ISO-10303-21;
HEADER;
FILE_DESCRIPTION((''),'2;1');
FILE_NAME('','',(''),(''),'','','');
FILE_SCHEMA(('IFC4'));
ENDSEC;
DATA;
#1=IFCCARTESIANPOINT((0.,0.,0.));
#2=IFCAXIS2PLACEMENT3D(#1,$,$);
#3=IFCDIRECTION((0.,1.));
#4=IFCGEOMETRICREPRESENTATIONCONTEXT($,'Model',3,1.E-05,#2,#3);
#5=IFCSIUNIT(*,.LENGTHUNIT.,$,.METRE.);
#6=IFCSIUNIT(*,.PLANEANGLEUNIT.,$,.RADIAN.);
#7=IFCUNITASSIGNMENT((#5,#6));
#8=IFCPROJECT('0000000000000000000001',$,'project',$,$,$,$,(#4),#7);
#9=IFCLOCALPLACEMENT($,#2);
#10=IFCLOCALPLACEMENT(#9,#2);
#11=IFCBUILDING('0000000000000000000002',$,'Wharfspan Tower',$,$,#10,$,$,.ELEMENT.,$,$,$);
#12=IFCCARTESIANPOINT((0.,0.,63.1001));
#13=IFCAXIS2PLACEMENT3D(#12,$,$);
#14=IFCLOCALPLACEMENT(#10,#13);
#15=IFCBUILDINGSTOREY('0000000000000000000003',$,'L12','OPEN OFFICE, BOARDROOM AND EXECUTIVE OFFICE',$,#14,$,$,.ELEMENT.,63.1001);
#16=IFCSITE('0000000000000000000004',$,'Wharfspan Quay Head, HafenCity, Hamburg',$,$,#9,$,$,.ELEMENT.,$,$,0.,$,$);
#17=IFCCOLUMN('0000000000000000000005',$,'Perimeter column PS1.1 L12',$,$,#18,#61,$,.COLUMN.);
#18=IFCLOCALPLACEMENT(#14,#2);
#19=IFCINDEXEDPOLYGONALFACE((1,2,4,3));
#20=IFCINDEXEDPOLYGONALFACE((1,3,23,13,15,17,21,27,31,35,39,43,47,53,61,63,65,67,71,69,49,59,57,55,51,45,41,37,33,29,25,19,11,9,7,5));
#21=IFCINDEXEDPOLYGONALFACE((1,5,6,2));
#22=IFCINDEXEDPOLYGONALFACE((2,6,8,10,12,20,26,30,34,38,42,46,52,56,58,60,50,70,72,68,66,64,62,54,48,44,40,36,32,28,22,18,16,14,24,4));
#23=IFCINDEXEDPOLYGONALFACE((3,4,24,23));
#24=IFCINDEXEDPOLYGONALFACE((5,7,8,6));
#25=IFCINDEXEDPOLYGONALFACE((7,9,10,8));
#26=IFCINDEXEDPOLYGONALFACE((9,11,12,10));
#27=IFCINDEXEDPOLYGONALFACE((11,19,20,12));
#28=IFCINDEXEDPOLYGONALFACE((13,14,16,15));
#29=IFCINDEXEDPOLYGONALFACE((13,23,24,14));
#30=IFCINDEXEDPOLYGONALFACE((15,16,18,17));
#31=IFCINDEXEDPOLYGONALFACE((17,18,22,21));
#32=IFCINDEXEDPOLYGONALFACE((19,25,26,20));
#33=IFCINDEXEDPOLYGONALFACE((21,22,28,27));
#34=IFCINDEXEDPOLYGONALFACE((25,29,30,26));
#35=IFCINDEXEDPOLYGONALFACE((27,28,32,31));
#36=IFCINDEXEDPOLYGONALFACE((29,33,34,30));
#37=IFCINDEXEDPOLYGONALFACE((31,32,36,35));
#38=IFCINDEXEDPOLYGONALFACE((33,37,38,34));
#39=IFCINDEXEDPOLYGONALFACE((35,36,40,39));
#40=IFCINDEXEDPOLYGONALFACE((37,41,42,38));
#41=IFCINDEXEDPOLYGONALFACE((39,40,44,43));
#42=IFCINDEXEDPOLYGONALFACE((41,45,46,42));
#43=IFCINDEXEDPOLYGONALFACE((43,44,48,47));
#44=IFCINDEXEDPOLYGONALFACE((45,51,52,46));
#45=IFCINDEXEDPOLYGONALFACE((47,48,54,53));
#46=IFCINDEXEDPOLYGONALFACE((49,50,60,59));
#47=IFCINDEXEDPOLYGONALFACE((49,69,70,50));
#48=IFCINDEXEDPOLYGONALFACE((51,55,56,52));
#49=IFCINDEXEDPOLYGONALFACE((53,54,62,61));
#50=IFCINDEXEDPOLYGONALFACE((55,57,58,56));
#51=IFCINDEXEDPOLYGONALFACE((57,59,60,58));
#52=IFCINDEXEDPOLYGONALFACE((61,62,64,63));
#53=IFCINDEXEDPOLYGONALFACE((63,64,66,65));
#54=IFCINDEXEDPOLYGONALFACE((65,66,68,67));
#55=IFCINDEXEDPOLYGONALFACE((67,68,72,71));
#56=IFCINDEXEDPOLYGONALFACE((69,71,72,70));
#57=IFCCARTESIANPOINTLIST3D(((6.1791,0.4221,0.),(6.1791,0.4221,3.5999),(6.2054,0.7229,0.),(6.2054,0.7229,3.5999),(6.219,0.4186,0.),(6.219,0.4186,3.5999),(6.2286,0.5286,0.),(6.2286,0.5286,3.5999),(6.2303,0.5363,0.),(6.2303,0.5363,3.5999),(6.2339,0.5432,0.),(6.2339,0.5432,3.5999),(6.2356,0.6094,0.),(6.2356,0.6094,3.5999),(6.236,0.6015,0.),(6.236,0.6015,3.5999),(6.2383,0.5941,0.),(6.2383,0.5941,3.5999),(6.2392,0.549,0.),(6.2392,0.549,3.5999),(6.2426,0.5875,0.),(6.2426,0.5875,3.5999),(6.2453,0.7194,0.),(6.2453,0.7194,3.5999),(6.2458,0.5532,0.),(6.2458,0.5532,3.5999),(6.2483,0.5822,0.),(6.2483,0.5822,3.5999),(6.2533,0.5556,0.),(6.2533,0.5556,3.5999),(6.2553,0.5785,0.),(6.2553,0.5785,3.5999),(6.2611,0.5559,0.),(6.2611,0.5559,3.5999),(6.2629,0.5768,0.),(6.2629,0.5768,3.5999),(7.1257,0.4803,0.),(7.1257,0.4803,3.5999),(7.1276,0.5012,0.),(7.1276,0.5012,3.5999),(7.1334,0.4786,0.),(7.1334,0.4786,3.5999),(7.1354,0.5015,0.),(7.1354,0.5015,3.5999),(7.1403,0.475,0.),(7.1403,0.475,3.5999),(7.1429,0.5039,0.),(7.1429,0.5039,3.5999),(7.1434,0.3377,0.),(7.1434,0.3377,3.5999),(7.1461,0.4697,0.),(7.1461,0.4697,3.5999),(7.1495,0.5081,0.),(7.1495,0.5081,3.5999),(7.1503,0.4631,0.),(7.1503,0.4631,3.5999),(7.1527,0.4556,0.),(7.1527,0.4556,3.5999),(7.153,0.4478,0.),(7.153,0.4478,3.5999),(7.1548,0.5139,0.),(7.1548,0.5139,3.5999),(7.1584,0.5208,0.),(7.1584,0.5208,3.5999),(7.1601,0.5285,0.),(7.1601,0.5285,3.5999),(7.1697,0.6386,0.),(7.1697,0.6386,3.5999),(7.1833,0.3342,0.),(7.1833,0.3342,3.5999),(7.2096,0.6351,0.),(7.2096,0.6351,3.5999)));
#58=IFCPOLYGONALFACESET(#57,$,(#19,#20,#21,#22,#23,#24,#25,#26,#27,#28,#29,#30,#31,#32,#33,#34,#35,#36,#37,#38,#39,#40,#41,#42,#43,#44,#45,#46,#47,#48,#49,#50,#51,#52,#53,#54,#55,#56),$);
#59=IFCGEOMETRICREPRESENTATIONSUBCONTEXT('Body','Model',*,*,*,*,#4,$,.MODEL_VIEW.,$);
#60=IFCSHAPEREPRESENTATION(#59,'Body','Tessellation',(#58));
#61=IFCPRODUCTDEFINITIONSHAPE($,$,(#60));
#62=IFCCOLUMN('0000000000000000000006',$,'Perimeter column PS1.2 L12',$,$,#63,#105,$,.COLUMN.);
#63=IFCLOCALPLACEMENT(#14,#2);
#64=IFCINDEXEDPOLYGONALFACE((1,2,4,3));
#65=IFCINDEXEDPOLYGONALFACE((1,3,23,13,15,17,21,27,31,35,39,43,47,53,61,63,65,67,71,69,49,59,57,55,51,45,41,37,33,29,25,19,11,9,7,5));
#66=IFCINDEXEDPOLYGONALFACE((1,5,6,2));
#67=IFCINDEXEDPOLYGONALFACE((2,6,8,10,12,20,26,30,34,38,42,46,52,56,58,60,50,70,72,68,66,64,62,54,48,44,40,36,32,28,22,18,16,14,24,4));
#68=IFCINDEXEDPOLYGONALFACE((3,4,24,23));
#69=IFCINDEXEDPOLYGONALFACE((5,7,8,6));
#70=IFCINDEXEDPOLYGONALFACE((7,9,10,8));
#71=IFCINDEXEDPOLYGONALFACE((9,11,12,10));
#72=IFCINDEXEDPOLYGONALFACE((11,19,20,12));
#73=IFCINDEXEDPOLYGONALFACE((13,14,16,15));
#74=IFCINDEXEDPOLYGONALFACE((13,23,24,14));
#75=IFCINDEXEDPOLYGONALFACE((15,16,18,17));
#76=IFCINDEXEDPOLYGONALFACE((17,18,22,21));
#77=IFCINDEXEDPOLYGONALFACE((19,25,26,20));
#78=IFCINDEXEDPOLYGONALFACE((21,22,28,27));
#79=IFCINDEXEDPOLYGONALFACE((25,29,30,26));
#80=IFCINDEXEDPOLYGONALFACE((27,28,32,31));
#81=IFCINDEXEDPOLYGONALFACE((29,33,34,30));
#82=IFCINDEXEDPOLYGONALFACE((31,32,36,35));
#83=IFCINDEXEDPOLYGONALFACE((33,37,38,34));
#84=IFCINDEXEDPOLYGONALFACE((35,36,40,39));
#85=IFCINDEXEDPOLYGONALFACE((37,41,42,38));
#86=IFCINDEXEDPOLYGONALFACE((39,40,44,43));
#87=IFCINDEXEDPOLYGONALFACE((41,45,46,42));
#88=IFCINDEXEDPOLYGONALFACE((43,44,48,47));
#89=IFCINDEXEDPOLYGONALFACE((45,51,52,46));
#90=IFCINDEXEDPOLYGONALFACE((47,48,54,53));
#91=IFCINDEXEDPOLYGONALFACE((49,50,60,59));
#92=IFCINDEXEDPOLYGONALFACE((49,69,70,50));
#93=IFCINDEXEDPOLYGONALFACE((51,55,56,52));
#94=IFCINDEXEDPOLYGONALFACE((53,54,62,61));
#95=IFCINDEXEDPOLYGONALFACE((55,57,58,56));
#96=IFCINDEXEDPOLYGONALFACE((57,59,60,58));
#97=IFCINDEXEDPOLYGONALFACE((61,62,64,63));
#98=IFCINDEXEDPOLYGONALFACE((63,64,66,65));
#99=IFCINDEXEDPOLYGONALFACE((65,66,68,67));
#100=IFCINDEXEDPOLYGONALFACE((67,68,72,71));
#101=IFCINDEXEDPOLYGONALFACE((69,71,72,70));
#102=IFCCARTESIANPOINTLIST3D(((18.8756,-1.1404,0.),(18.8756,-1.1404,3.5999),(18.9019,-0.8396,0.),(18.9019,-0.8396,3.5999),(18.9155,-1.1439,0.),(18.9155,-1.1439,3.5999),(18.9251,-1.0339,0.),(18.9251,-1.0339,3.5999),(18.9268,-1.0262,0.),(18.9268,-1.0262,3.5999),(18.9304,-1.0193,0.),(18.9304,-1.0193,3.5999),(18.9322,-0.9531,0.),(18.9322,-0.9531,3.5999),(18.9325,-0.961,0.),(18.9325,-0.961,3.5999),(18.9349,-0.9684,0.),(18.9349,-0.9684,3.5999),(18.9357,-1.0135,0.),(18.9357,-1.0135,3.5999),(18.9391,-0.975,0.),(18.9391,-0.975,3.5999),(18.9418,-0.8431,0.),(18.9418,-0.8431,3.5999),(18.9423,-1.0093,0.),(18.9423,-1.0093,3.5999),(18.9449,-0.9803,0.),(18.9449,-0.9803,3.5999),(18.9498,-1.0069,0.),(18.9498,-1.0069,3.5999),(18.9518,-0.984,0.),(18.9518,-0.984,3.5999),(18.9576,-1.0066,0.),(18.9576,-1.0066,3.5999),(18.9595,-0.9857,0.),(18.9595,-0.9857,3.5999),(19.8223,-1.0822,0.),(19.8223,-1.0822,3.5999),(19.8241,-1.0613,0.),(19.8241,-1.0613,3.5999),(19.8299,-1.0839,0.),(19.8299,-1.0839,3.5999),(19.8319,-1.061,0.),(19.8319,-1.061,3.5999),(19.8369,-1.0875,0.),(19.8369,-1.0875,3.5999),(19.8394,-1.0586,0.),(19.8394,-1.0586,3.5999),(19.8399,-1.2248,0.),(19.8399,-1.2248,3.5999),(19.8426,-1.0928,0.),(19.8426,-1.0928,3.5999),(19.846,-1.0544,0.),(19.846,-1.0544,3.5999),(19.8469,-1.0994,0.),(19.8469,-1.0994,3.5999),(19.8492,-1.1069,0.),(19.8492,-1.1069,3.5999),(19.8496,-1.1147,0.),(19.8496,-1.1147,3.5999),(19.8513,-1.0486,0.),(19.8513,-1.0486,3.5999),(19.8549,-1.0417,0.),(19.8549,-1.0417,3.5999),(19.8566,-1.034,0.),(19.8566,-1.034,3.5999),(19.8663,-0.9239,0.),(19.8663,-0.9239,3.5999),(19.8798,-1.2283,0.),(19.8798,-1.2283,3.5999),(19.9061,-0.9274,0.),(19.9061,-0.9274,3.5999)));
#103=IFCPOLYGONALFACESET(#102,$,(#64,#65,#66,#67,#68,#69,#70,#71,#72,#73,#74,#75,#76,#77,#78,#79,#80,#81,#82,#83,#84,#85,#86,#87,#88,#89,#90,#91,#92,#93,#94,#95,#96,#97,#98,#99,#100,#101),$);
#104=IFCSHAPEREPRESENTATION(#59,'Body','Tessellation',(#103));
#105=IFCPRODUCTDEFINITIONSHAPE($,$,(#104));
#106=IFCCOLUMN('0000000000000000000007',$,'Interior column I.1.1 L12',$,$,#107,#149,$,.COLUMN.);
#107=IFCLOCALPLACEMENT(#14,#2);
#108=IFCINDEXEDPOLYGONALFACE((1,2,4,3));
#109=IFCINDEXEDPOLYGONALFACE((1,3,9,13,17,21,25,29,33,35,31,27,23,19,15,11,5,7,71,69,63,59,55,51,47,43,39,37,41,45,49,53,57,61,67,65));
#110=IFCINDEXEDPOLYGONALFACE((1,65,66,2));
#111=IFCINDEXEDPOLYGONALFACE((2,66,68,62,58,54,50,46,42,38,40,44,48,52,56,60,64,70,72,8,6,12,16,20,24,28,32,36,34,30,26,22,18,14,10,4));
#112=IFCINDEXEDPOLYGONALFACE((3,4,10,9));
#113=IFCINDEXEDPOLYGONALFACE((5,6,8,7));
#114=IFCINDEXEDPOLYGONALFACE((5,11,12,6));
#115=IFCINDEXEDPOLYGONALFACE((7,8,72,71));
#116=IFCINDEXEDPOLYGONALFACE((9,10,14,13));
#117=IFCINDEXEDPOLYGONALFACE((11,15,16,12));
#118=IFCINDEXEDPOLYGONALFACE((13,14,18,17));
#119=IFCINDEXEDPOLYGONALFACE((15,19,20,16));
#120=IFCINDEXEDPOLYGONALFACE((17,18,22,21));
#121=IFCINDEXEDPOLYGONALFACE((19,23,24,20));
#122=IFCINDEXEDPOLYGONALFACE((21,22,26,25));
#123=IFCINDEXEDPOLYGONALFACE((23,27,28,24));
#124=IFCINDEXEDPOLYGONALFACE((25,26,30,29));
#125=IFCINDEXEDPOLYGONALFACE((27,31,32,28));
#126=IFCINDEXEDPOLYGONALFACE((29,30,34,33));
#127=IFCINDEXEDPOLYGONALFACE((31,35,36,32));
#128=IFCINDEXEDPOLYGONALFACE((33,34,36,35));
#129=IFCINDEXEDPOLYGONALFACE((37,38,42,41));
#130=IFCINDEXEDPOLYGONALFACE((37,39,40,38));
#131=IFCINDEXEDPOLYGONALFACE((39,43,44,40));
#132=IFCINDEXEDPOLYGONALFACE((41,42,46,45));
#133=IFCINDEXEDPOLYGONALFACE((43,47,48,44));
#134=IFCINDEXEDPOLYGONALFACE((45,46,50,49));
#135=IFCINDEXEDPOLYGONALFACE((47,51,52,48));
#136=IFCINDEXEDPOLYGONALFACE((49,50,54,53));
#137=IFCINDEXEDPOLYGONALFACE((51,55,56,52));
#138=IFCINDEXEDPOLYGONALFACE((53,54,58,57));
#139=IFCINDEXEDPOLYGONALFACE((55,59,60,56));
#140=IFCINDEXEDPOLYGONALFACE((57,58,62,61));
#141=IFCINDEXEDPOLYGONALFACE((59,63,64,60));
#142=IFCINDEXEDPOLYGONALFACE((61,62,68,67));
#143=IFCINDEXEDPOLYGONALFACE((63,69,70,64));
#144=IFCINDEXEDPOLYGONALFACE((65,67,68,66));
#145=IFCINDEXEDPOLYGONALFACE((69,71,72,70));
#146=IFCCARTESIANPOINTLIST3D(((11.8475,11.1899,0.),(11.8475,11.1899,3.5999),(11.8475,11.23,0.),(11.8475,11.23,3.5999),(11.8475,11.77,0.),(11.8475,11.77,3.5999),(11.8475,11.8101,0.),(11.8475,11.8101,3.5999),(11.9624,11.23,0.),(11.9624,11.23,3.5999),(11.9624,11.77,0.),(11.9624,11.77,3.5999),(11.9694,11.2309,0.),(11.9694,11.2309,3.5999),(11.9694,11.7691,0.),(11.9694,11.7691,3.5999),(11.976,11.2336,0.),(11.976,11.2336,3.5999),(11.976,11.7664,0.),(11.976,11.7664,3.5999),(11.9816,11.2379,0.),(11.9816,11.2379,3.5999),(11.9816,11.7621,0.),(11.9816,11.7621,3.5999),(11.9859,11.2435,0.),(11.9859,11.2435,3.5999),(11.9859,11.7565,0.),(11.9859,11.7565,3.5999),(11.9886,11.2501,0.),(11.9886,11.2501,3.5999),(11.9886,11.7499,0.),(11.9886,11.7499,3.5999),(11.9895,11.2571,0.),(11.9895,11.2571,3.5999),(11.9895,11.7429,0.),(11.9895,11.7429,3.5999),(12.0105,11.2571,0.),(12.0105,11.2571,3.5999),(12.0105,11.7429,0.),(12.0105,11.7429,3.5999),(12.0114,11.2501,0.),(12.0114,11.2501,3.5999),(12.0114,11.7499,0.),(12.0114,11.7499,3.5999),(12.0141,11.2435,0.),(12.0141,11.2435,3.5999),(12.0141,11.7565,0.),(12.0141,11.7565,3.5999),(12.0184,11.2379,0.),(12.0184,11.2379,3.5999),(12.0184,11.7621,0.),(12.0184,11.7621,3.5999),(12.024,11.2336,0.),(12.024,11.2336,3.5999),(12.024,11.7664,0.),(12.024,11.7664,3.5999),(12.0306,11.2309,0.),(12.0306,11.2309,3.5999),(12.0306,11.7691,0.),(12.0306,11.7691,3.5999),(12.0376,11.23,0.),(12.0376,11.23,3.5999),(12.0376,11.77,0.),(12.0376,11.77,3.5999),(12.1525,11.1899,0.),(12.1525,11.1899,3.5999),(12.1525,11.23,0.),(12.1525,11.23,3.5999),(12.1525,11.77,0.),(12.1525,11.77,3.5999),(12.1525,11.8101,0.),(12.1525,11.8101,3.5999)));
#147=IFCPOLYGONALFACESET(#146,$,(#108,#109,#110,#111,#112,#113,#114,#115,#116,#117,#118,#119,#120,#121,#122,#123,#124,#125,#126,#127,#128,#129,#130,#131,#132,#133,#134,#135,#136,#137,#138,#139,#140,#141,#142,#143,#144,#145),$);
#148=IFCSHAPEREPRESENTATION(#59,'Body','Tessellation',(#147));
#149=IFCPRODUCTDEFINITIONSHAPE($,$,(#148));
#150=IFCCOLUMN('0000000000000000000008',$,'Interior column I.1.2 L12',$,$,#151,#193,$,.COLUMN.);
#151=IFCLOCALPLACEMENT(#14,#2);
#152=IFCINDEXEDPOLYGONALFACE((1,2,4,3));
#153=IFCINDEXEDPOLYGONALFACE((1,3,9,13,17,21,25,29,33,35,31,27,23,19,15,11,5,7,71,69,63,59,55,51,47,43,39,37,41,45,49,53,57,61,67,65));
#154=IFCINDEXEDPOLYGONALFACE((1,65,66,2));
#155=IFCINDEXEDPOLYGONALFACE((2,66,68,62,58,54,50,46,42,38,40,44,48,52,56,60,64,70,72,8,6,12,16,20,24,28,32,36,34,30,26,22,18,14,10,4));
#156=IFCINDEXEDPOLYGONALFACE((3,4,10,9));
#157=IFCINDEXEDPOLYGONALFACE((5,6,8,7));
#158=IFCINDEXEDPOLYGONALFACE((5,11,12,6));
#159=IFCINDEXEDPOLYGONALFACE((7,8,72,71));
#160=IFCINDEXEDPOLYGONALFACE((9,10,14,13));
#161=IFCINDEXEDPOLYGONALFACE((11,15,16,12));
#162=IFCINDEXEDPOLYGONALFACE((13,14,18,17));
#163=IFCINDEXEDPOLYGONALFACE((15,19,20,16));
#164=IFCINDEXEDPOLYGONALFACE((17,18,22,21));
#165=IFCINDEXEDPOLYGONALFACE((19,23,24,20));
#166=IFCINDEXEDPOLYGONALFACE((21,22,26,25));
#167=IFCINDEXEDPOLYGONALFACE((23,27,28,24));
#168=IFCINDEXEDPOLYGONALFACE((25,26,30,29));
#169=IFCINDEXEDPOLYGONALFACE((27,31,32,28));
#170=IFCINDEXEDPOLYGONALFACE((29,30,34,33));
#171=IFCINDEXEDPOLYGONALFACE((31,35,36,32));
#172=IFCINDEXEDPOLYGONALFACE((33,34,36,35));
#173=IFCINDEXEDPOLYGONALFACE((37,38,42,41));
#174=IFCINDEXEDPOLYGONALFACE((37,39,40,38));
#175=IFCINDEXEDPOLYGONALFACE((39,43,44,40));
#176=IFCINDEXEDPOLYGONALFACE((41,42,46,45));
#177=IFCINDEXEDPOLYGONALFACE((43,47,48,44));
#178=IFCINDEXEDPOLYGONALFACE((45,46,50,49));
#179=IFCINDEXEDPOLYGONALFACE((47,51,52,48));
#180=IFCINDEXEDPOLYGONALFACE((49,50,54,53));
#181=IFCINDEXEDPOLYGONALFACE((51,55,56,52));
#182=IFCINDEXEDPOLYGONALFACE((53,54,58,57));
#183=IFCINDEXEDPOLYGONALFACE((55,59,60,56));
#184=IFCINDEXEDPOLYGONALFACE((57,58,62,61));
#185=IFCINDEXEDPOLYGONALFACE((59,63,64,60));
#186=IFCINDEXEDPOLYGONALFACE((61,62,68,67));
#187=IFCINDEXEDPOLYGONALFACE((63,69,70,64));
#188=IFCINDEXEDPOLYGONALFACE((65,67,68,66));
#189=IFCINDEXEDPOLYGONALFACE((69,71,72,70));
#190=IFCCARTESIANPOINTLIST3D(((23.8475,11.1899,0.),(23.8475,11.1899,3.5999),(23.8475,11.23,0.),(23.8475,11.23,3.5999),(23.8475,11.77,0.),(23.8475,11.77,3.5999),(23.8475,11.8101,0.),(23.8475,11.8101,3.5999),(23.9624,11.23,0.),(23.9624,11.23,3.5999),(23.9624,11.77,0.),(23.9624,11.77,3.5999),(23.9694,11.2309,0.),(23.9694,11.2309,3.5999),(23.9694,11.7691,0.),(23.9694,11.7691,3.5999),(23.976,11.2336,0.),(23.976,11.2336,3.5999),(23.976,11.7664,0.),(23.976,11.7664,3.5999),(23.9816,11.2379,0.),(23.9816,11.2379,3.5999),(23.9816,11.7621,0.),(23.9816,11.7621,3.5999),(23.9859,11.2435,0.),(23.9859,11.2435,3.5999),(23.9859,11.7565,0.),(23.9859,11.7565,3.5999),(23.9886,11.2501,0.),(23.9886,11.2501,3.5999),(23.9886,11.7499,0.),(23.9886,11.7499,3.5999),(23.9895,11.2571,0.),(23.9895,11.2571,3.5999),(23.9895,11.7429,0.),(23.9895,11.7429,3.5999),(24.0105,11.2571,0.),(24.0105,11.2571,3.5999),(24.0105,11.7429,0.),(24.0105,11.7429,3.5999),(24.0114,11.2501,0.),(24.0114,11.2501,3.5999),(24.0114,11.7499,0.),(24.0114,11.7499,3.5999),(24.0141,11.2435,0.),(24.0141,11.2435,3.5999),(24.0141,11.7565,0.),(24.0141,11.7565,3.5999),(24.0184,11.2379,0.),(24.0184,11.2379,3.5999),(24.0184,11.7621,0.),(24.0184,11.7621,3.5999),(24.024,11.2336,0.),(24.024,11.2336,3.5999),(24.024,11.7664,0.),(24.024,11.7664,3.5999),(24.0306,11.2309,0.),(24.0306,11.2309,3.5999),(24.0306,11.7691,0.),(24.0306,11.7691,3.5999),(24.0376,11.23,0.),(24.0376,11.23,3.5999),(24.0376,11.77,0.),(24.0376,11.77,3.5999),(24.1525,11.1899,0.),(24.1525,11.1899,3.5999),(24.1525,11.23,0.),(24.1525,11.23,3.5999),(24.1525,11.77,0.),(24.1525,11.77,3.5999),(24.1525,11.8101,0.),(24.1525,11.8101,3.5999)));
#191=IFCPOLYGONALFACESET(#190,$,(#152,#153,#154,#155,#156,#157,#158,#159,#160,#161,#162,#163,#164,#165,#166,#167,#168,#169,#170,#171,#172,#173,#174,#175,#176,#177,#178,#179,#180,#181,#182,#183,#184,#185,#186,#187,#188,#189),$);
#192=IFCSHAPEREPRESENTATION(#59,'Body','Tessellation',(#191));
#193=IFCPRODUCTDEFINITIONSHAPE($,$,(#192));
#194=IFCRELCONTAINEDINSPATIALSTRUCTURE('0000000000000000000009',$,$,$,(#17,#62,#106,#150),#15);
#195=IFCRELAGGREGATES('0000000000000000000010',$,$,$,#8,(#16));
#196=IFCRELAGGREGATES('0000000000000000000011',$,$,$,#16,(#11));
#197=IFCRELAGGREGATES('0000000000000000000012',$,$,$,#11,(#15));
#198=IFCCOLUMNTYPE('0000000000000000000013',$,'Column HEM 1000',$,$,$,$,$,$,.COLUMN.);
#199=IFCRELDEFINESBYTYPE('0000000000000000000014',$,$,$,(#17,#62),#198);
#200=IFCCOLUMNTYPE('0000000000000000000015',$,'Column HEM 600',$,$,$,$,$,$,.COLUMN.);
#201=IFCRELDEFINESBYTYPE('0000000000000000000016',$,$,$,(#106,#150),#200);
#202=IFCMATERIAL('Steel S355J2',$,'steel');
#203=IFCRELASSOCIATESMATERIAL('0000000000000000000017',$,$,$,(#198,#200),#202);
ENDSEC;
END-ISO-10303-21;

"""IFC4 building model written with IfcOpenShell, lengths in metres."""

from ifc_helpers import new_model, si_unit, direction, frame, origin, origin_2d, place, context, subcontext, project, spatial, i_section, extrude, material, material_profile, profile_set, type_object, element, save


model = new_model("IFC4")

# Units and contexts
model_context = context("Model", 3, precision=1e-05, world=origin(), true_north=direction((0.0, 1.0)))
body_context = subcontext(model_context, "Body", "Model", "MODEL_VIEW")
ifc_project = project(units=[si_unit("LENGTHUNIT", "METRE"), si_unit("PLANEANGLEUNIT", "RADIAN")], contexts=[model_context])

# Site, building, storey
site_placement = place(None, origin())
site = spatial("IfcSite", under=ifc_project, at=site_placement, Name="Wharfspan Quay Head, HafenCity, Hamburg", CompositionType="ELEMENT", RefElevation=0.0)
building_placement = place(site_placement, origin())
building = spatial("IfcBuilding", under=site, at=building_placement, Name="Wharfspan Tower", CompositionType="ELEMENT")
storey_placement = place(building_placement, frame((0.0, 0.0, 63.1001)))
storey = spatial("IfcBuildingStorey", under=building, at=storey_placement, Name="L12", Description="OPEN OFFICE, BOARDROOM AND EXECUTIVE OFFICE", CompositionType="ELEMENT", Elevation=63.1001)

# Columns
ifc_material_1 = material(Name="Steel S355J2", Category="steel")
ifc_material_profile_1 = material_profile(ifc_material_1, i_section(OverallWidth=0.302, OverallDepth=1.0081, WebThickness=0.021, FlangeThickness=0.04, FilletRadius=0.03, at=origin_2d()))
ifc_profile_set_1 = profile_set([ifc_material_profile_1], Name="Steel S355J2")
column_type_1 = type_object("IfcColumnType", Name="Column HEM 1000", PredefinedType="COLUMN", material=ifc_profile_set_1)
for number, where, z_axis, x_axis, name in (
    (1, (6.6943, 0.5286, 0.0), (0.0, 0.0, 1.0), (-0.087156, -0.996198, 0.0), "Perimeter column PS1.1 L12"),
    (2, (19.3909, -1.0339, 0.0), (0.0, 0.0, 1.0), (-0.087156, -0.996198, 0.0), "Perimeter column PS1.2 L12"),
):
    element("IfcColumn", number, at=place(storey_placement, frame(where, z_axis=z_axis, x_axis=x_axis)), inside=storey, type_object=column_type_1, Name=name, PredefinedType="COLUMN", context=body_context, shape_type="SweptSolid", body=[
        extrude(i_section(OverallWidth=0.302, OverallDepth=1.0081, WebThickness=0.021, FlangeThickness=0.04, FilletRadius=0.03, at=origin_2d()), origin(), (0.0, 0.0, 1.0), 3.5999),
    ])
ifc_material_profile_2 = material_profile(ifc_material_1, i_section(OverallWidth=0.3049, OverallDepth=0.6201, WebThickness=0.021, FlangeThickness=0.04, FilletRadius=0.0271, at=origin_2d()))
ifc_profile_set_2 = profile_set([ifc_material_profile_2], Name="Steel S355J2")
column_type_2 = type_object("IfcColumnType", Name="Column HEM 600", PredefinedType="COLUMN", material=ifc_profile_set_2)
for number, where, z_axis, x_axis, name in (
    (3, (12.0, 11.5, 0.0), (0.0, 0.0, 1.0), (1.0, 0.0, 0.0), "Interior column I.1.1 L12"),
    (4, (24.0, 11.5, 0.0), (0.0, 0.0, 1.0), (1.0, 0.0, 0.0), "Interior column I.1.2 L12"),
):
    element("IfcColumn", number, at=place(storey_placement, frame(where, z_axis=z_axis, x_axis=x_axis)), inside=storey, type_object=column_type_2, Name=name, PredefinedType="COLUMN", context=body_context, shape_type="SweptSolid", body=[
        extrude(i_section(OverallWidth=0.3049, OverallDepth=0.6201, WebThickness=0.021, FlangeThickness=0.04, FilletRadius=0.0271, at=origin_2d()), origin(), (0.0, 0.0, 1.0), 3.5999),
    ])

save(model, "model.ifc")
